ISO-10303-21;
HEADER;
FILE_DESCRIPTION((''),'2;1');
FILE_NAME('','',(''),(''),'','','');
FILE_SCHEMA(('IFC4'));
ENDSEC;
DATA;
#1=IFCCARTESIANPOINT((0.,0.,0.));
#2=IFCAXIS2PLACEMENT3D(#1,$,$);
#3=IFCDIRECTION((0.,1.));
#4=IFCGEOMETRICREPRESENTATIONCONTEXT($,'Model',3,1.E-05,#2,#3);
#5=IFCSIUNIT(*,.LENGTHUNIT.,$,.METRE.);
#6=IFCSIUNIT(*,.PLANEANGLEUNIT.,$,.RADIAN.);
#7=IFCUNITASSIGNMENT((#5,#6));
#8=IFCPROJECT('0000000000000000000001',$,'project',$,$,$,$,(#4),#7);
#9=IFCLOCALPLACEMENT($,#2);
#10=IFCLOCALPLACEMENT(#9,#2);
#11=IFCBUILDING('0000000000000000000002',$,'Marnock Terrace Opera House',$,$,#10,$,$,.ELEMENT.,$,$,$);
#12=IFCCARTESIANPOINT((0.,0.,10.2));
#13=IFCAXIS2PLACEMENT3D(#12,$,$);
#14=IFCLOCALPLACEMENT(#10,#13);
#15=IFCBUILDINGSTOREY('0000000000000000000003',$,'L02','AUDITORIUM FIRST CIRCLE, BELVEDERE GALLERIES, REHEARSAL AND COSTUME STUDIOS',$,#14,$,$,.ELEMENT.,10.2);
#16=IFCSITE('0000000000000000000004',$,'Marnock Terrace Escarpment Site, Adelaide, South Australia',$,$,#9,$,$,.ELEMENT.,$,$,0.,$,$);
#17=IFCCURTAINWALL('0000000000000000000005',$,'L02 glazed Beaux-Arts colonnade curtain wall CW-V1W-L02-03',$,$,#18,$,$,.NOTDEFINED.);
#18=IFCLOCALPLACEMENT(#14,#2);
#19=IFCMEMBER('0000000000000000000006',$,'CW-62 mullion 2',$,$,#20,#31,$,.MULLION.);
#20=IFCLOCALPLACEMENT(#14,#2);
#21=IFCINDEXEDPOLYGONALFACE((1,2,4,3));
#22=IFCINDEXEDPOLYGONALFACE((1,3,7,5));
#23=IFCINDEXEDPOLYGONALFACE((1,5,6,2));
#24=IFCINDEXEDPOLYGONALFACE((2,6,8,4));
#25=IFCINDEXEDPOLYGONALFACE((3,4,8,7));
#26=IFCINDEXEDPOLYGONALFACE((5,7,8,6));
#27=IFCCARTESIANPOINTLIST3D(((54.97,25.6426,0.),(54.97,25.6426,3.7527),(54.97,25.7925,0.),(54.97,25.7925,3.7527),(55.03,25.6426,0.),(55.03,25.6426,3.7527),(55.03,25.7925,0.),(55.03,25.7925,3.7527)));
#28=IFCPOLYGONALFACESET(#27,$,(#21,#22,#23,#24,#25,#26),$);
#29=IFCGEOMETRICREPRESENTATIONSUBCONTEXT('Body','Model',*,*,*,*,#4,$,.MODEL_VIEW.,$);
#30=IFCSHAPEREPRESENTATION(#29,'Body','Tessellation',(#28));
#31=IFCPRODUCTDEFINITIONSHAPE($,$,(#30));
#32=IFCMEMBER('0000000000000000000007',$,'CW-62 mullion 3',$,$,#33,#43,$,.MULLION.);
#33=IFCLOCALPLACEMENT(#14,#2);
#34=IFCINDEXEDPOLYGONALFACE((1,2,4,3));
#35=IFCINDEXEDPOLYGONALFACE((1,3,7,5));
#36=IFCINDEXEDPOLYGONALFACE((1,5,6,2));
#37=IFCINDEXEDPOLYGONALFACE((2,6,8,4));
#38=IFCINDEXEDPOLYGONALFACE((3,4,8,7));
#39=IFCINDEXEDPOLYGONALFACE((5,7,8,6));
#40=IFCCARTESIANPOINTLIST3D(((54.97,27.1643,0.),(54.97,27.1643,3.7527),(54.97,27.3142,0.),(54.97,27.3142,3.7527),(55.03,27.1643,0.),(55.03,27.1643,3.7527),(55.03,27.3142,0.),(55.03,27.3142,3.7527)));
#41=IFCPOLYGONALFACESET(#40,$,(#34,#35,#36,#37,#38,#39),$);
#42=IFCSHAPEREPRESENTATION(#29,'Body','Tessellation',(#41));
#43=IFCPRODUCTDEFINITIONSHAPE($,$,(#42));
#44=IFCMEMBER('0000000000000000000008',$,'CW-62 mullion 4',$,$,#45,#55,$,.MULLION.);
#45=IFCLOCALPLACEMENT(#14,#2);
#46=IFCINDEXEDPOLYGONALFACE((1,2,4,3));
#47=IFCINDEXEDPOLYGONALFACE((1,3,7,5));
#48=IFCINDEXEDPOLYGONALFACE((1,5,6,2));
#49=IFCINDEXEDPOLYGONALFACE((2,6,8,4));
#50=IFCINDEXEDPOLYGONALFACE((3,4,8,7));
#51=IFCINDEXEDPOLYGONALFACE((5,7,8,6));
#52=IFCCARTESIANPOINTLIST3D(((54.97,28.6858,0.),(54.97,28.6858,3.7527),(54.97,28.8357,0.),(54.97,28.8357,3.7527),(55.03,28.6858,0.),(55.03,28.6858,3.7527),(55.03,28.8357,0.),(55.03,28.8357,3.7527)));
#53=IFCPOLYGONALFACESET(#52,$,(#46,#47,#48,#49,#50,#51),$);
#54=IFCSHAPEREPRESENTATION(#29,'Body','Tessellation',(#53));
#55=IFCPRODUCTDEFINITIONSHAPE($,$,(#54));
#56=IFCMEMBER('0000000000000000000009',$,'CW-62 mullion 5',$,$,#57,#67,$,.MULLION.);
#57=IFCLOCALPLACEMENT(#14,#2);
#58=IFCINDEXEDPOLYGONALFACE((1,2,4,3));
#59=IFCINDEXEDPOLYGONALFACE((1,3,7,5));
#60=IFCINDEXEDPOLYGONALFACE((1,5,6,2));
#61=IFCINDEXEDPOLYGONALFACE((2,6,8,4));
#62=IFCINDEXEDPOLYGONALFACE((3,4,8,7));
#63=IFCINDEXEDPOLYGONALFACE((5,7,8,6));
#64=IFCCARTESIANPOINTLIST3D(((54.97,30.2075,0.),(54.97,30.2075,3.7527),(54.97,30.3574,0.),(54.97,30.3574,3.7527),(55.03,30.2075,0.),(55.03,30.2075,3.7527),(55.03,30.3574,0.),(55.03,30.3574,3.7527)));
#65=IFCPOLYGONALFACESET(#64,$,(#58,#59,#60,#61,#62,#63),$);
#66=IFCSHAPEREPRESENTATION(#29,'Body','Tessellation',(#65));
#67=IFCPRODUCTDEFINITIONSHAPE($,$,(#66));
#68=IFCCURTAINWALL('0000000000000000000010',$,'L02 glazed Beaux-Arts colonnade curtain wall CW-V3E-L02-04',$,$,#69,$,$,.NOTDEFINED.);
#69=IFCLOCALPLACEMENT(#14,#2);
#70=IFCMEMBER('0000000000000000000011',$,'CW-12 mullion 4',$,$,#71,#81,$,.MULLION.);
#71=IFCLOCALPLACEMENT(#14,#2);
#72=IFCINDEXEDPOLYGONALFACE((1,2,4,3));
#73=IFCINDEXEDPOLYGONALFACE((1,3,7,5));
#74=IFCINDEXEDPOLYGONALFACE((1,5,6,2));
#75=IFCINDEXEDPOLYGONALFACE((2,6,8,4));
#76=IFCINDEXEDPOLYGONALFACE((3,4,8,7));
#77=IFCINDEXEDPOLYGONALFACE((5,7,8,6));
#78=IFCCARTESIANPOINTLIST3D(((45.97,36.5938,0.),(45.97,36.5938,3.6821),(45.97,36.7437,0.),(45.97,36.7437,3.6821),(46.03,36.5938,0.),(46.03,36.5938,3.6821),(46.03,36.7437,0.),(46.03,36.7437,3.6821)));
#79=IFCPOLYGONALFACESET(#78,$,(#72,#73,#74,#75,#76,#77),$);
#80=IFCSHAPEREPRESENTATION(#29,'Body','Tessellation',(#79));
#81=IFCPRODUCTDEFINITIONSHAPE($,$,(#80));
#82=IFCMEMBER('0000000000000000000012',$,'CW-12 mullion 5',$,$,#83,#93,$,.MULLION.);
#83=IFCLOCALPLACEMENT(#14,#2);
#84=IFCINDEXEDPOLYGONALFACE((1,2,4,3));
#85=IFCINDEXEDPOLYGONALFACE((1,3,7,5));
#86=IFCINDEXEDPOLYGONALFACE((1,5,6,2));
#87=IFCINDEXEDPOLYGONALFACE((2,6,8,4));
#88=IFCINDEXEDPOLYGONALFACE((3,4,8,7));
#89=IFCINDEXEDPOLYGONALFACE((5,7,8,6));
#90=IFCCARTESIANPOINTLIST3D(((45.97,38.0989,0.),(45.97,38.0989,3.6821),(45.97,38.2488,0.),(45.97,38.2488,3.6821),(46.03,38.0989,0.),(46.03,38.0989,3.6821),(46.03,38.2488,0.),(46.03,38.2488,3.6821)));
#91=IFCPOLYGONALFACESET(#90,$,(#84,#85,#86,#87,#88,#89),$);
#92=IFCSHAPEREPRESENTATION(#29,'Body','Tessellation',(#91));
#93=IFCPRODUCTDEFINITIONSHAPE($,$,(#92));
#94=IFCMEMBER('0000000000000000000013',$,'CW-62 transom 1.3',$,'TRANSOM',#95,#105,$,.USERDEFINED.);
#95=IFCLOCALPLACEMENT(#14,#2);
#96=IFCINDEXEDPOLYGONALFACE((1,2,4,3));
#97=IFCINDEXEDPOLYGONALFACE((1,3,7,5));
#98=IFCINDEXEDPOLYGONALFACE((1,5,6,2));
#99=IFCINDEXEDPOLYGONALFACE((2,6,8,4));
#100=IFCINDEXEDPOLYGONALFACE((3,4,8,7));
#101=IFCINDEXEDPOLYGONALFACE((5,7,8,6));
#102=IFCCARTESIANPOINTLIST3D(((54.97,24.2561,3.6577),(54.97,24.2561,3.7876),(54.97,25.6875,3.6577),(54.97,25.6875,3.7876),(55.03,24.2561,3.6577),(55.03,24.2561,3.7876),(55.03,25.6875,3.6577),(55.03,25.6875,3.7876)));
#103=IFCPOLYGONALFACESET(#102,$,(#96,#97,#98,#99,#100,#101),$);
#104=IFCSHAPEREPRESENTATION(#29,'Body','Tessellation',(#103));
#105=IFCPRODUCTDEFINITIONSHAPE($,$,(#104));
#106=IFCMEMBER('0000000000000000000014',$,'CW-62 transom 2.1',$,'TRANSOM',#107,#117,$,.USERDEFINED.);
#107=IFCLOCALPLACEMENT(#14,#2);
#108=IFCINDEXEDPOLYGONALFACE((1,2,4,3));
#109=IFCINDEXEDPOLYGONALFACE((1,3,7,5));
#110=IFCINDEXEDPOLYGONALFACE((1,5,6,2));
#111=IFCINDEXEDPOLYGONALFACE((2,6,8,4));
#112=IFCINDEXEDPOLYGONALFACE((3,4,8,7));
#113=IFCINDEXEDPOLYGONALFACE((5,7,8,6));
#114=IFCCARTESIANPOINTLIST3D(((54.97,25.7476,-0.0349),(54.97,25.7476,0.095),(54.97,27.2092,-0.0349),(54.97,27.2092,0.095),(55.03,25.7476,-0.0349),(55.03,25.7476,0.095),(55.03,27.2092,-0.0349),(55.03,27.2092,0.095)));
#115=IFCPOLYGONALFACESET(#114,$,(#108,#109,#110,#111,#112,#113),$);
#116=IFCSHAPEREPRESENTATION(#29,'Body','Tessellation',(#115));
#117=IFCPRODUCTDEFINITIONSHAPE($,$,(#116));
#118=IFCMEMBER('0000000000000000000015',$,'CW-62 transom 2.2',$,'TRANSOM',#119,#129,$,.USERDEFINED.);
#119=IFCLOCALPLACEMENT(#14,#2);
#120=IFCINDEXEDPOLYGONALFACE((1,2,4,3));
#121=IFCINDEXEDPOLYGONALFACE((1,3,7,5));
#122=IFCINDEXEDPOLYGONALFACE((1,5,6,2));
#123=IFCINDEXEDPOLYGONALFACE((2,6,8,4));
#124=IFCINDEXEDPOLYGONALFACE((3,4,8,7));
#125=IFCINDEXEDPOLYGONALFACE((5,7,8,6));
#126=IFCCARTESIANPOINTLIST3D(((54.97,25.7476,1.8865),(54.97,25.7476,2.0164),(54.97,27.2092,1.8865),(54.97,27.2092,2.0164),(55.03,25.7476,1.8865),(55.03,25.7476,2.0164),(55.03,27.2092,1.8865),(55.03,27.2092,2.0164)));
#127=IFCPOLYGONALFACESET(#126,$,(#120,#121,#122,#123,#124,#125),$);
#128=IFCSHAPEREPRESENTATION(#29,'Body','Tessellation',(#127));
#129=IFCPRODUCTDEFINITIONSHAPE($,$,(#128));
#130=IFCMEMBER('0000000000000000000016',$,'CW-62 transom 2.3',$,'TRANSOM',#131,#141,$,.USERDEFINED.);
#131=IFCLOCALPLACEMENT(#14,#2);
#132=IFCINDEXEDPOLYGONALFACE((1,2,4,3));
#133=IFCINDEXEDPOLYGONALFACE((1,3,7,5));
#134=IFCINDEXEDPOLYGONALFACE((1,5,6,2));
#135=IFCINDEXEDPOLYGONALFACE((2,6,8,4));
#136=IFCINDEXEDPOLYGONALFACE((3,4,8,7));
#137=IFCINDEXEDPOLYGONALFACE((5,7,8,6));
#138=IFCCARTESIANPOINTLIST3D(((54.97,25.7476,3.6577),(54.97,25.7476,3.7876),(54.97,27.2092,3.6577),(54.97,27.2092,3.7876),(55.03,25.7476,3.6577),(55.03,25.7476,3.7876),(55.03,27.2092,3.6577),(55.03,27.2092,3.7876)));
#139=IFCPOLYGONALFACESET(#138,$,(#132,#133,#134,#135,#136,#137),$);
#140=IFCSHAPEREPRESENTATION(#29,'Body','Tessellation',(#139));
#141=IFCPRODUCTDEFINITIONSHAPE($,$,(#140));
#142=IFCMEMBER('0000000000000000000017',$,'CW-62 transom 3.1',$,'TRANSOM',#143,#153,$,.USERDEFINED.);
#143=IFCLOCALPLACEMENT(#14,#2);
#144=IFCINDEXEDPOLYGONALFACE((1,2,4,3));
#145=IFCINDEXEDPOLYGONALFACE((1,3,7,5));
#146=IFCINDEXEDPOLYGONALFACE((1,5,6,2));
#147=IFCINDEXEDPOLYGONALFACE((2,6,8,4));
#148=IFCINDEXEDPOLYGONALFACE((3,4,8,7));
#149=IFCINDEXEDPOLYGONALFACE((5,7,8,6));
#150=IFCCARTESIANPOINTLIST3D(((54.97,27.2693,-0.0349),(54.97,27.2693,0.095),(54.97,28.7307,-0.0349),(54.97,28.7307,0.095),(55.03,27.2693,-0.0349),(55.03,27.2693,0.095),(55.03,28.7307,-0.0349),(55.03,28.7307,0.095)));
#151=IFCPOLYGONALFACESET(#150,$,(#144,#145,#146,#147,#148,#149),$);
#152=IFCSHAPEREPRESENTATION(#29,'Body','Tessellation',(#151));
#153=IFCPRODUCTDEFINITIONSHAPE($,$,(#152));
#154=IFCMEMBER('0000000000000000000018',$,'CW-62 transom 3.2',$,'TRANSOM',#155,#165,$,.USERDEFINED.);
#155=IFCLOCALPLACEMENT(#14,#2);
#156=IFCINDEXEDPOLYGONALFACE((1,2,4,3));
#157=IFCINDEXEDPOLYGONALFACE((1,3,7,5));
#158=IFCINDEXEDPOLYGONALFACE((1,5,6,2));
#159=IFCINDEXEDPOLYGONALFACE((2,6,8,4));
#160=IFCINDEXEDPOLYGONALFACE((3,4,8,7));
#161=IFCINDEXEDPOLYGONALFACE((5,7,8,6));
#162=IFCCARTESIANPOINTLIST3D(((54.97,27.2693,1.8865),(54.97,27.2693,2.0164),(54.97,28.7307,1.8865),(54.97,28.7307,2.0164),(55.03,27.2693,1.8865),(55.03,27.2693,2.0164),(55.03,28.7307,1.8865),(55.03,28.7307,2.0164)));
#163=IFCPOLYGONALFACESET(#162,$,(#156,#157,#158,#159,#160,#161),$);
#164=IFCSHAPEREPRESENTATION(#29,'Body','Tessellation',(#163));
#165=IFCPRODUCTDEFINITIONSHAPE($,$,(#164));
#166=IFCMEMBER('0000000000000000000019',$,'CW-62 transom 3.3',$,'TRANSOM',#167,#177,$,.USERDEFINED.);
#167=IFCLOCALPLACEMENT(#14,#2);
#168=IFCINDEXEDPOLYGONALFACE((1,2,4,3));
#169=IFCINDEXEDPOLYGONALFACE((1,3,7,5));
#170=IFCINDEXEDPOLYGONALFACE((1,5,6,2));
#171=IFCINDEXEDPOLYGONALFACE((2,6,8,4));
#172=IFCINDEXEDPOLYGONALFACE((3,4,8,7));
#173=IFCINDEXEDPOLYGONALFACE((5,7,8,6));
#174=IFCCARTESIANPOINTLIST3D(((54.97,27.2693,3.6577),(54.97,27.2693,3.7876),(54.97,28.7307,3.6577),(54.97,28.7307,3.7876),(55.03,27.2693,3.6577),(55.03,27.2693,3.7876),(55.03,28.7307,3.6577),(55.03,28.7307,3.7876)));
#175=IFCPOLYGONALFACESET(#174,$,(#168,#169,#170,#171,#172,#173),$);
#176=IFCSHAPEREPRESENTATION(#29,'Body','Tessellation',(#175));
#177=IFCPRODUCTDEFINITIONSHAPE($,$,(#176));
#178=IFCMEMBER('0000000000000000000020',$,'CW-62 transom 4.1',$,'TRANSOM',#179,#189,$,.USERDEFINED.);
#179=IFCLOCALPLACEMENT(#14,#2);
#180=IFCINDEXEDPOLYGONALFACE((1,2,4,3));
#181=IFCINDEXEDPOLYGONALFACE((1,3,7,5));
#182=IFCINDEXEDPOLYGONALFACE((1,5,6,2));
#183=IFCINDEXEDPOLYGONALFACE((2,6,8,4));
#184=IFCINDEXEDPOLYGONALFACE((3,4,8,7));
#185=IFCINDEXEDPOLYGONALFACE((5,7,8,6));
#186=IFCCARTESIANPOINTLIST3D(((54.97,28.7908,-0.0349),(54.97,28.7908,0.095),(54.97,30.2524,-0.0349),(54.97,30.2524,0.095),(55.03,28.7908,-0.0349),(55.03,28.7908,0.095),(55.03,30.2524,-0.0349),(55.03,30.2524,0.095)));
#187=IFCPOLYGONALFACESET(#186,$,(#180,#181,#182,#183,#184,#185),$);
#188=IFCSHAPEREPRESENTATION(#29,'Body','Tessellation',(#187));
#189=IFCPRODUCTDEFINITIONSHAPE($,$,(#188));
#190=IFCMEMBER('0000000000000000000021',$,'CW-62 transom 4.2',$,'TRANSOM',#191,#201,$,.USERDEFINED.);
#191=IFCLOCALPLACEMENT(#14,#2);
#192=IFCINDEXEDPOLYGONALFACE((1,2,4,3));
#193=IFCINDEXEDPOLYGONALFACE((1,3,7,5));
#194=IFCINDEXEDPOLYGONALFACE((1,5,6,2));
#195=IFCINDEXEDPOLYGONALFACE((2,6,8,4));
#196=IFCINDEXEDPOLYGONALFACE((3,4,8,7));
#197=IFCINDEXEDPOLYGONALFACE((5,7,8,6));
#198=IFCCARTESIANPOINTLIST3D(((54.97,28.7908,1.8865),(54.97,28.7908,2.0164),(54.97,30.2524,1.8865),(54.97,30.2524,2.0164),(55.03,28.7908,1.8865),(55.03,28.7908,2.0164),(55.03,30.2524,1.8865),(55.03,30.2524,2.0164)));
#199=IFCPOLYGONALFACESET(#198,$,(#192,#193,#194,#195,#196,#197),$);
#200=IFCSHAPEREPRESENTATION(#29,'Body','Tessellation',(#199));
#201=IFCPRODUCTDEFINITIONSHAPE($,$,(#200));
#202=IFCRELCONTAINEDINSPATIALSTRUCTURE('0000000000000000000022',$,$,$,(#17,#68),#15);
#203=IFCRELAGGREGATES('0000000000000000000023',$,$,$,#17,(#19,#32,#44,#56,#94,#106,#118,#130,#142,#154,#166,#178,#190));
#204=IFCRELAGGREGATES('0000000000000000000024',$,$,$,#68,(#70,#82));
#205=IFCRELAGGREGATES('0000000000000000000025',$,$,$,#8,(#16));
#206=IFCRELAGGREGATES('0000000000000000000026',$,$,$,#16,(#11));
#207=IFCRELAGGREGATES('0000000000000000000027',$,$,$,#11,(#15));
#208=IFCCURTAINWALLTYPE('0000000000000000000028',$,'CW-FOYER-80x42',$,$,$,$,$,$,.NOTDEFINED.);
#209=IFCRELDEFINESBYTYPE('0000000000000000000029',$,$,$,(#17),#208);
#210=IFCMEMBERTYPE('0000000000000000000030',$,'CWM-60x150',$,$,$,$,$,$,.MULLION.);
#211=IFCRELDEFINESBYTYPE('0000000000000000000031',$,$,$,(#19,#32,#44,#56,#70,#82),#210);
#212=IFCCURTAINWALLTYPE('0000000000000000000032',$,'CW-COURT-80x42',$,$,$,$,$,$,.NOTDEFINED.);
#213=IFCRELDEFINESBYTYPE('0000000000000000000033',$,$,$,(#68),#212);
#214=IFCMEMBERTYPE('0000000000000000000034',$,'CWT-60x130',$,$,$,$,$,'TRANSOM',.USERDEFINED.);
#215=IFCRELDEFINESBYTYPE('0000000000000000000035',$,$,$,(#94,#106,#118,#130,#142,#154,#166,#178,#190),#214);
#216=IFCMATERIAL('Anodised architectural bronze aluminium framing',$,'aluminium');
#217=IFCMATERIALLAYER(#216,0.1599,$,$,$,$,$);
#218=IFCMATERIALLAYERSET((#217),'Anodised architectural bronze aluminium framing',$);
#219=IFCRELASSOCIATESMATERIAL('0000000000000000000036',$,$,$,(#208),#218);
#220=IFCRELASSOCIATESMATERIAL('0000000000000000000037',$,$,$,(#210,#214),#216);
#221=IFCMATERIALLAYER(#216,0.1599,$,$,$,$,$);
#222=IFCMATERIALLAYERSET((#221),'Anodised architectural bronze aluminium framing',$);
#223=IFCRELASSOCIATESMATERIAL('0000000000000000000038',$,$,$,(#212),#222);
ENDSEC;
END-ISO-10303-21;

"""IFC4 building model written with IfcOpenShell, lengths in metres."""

from ifc_helpers import new_model, si_unit, direction, frame, origin, origin_2d, place, context, subcontext, project, spatial, rectangle, extrude, material, layer, layer_set, material_profile, profile_set, type_object, element, aggregate, save


model = new_model("IFC4")

# Units and contexts
model_context = context("Model", 3, precision=1e-05, world=origin(), true_north=direction((0.0, 1.0)))
body_context = subcontext(model_context, "Body", "Model", "MODEL_VIEW")
ifc_project = project(units=[si_unit("LENGTHUNIT", "METRE"), si_unit("PLANEANGLEUNIT", "RADIAN")], contexts=[model_context])

# Site, building, storey
site_placement = place(None, origin())
site = spatial("IfcSite", under=ifc_project, at=site_placement, Name="Marnock Terrace Escarpment Site, Adelaide, South Australia", CompositionType="ELEMENT", RefElevation=0.0)
building_placement = place(site_placement, origin())
building = spatial("IfcBuilding", under=site, at=building_placement, Name="Marnock Terrace Opera House", CompositionType="ELEMENT")
storey_placement = place(building_placement, frame((0.0, 0.0, 10.2)))
storey = spatial("IfcBuildingStorey", under=building, at=storey_placement, Name="L02", Description="AUDITORIUM FIRST CIRCLE, BELVEDERE GALLERIES, REHEARSAL AND COSTUME STUDIOS", CompositionType="ELEMENT", Elevation=10.2)

# Curtain walls, members
ifc_material_1 = material(Name="Anodised architectural bronze aluminium framing", Category="aluminium")
ifc_layer_1 = layer(ifc_material_1, 0.1599)
ifc_layer_set_1 = layer_set([ifc_layer_1], Name="Anodised architectural bronze aluminium framing")
curtain_wall_type_1 = type_object("IfcCurtainWallType", Name="CW-FOYER-80x42", PredefinedType="NOTDEFINED", material=ifc_layer_set_1)
curtain_wall_1_placement = place(storey_placement, origin())
curtain_wall_1 = element("IfcCurtainWall", 1, at=curtain_wall_1_placement, inside=storey, type_object=curtain_wall_type_1, Name="L02 glazed Beaux-Arts colonnade curtain wall CW-V1W-L02-03", PredefinedType="NOTDEFINED")
ifc_material_profile_1 = material_profile(ifc_material_1, rectangle(XDim=0.0601, YDim=0.1499, at=origin_2d()))
ifc_profile_set_1 = profile_set([ifc_material_profile_1], Name="Anodised architectural bronze aluminium framing")
member_type_1 = type_object("IfcMemberType", Name="CWM-60x150", PredefinedType="MULLION", material=ifc_profile_set_1)
member_1_placement = place(storey_placement, frame((55.0, 25.7175, 0.0), z_axis=(0.0, 0.0, 1.0), x_axis=(-1.0, 0.0, 0.0)))
member_1 = element("IfcMember", 2, at=member_1_placement, type_object=member_type_1, Name="CW-62 mullion 2", PredefinedType="MULLION", context=body_context, shape_type="SweptSolid", body=[
    extrude(rectangle(XDim=0.0601, YDim=0.1499, at=origin_2d()), origin(), (0.0, 0.0, 1.0), 3.7527),
])
member_2_placement = place(storey_placement, frame((55.0, 27.2393, 0.0), z_axis=(0.0, 0.0, 1.0), x_axis=(-1.0, 0.0, 0.0)))
member_2 = element("IfcMember", 3, at=member_2_placement, type_object=member_type_1, Name="CW-62 mullion 3", PredefinedType="MULLION", context=body_context, shape_type="SweptSolid", body=[
    extrude(rectangle(XDim=0.0601, YDim=0.1499, at=origin_2d()), origin(), (0.0, 0.0, 1.0), 3.7527),
])
member_3_placement = place(storey_placement, frame((55.0, 28.7607, 0.0), z_axis=(0.0, 0.0, 1.0), x_axis=(-1.0, 0.0, 0.0)))
member_3 = element("IfcMember", 4, at=member_3_placement, type_object=member_type_1, Name="CW-62 mullion 4", PredefinedType="MULLION", context=body_context, shape_type="SweptSolid", body=[
    extrude(rectangle(XDim=0.0601, YDim=0.1499, at=origin_2d()), origin(), (0.0, 0.0, 1.0), 3.7527),
])
member_4_placement = place(storey_placement, frame((55.0, 30.2825, 0.0), z_axis=(0.0, 0.0, 1.0), x_axis=(-1.0, 0.0, 0.0)))
member_4 = element("IfcMember", 5, at=member_4_placement, type_object=member_type_1, Name="CW-62 mullion 5", PredefinedType="MULLION", context=body_context, shape_type="SweptSolid", body=[
    extrude(rectangle(XDim=0.0601, YDim=0.1499, at=origin_2d()), origin(), (0.0, 0.0, 1.0), 3.7527),
])
ifc_layer_2 = layer(ifc_material_1, 0.1599)
ifc_layer_set_2 = layer_set([ifc_layer_2], Name="Anodised architectural bronze aluminium framing")
curtain_wall_type_2 = type_object("IfcCurtainWallType", Name="CW-COURT-80x42", PredefinedType="NOTDEFINED", material=ifc_layer_set_2)
curtain_wall_2_placement = place(storey_placement, origin())
curtain_wall_2 = element("IfcCurtainWall", 6, at=curtain_wall_2_placement, inside=storey, type_object=curtain_wall_type_2, Name="L02 glazed Beaux-Arts colonnade curtain wall CW-V3E-L02-04", PredefinedType="NOTDEFINED")
member_5_placement = place(storey_placement, frame((46.0, 36.6687, 0.0), z_axis=(0.0, 0.0, 1.0), x_axis=(-1.0, 0.0, 0.0)))
member_5 = element("IfcMember", 7, at=member_5_placement, type_object=member_type_1, Name="CW-12 mullion 4", PredefinedType="MULLION", context=body_context, shape_type="SweptSolid", body=[
    extrude(rectangle(XDim=0.0601, YDim=0.1499, at=origin_2d()), origin(), (0.0, 0.0, 1.0), 3.6821),
])
member_6_placement = place(storey_placement, frame((46.0, 38.1738, 0.0), z_axis=(0.0, 0.0, 1.0), x_axis=(-1.0, 0.0, 0.0)))
member_6 = element("IfcMember", 8, at=member_6_placement, type_object=member_type_1, Name="CW-12 mullion 5", PredefinedType="MULLION", context=body_context, shape_type="SweptSolid", body=[
    extrude(rectangle(XDim=0.0601, YDim=0.1499, at=origin_2d()), origin(), (0.0, 0.0, 1.0), 3.6821),
])

# Members
ifc_material_profile_2 = material_profile(ifc_material_1, rectangle(XDim=0.0601, YDim=0.1299, at=origin_2d()))
ifc_profile_set_2 = profile_set([ifc_material_profile_2], Name="Anodised architectural bronze aluminium framing")
member_type_2 = type_object("IfcMemberType", Name="CWT-60x130", ElementType="TRANSOM", PredefinedType="USERDEFINED", material=ifc_profile_set_2)
member_7_placement = place(storey_placement, frame((55.0, 24.2561, 3.7227), z_axis=(0.0, 1.0, 0.0), x_axis=(-1.0, 0.0, 0.0)))
member_7 = element("IfcMember", 9, at=member_7_placement, type_object=member_type_2, Name="CW-62 transom 1.3", ObjectType="TRANSOM", PredefinedType="USERDEFINED", context=body_context, shape_type="SweptSolid", body=[
    extrude(rectangle(XDim=0.0601, YDim=0.1299, at=origin_2d()), origin(), (0.0, 0.0, 1.0), 1.4314),
])
member_8_placement = place(storey_placement, frame((55.0, 25.7476, 0.03), z_axis=(0.0, 1.0, 0.0), x_axis=(-1.0, 0.0, 0.0)))
member_8 = element("IfcMember", 10, at=member_8_placement, type_object=member_type_2, Name="CW-62 transom 2.1", ObjectType="TRANSOM", PredefinedType="USERDEFINED", context=body_context, shape_type="SweptSolid", body=[
    extrude(rectangle(XDim=0.0601, YDim=0.1299, at=origin_2d()), origin(), (0.0, 0.0, 1.0), 1.4617),
])
member_9_placement = place(storey_placement, frame((55.0, 25.7476, 1.9514), z_axis=(0.0, 1.0, 0.0), x_axis=(-1.0, 0.0, 0.0)))
member_9 = element("IfcMember", 11, at=member_9_placement, type_object=member_type_2, Name="CW-62 transom 2.2", ObjectType="TRANSOM", PredefinedType="USERDEFINED", context=body_context, shape_type="SweptSolid", body=[
    extrude(rectangle(XDim=0.0601, YDim=0.1299, at=origin_2d()), origin(), (0.0, 0.0, 1.0), 1.4617),
])
member_10_placement = place(storey_placement, frame((55.0, 25.7476, 3.7227), z_axis=(0.0, 1.0, 0.0), x_axis=(-1.0, 0.0, 0.0)))
member_10 = element("IfcMember", 12, at=member_10_placement, type_object=member_type_2, Name="CW-62 transom 2.3", ObjectType="TRANSOM", PredefinedType="USERDEFINED", context=body_context, shape_type="SweptSolid", body=[
    extrude(rectangle(XDim=0.0601, YDim=0.1299, at=origin_2d()), origin(), (0.0, 0.0, 1.0), 1.4617),
])
member_11_placement = place(storey_placement, frame((55.0, 27.2693, 0.03), z_axis=(0.0, 1.0, 0.0), x_axis=(-1.0, 0.0, 0.0)))
member_11 = element("IfcMember", 13, at=member_11_placement, type_object=member_type_2, Name="CW-62 transom 3.1", ObjectType="TRANSOM", PredefinedType="USERDEFINED", context=body_context, shape_type="SweptSolid", body=[
    extrude(rectangle(XDim=0.0601, YDim=0.1299, at=origin_2d()), origin(), (0.0, 0.0, 1.0), 1.4614),
])
member_12_placement = place(storey_placement, frame((55.0, 27.2693, 1.9514), z_axis=(0.0, 1.0, 0.0), x_axis=(-1.0, 0.0, 0.0)))
member_12 = element("IfcMember", 14, at=member_12_placement, type_object=member_type_2, Name="CW-62 transom 3.2", ObjectType="TRANSOM", PredefinedType="USERDEFINED", context=body_context, shape_type="SweptSolid", body=[
    extrude(rectangle(XDim=0.0601, YDim=0.1299, at=origin_2d()), origin(), (0.0, 0.0, 1.0), 1.4614),
])
member_13_placement = place(storey_placement, frame((55.0, 27.2693, 3.7227), z_axis=(0.0, 1.0, 0.0), x_axis=(-1.0, 0.0, 0.0)))
member_13 = element("IfcMember", 15, at=member_13_placement, type_object=member_type_2, Name="CW-62 transom 3.3", ObjectType="TRANSOM", PredefinedType="USERDEFINED", context=body_context, shape_type="SweptSolid", body=[
    extrude(rectangle(XDim=0.0601, YDim=0.1299, at=origin_2d()), origin(), (0.0, 0.0, 1.0), 1.4614),
])
member_14_placement = place(storey_placement, frame((55.0, 28.7908, 0.03), z_axis=(0.0, 1.0, 0.0), x_axis=(-1.0, 0.0, 0.0)))
member_14 = element("IfcMember", 16, at=member_14_placement, type_object=member_type_2, Name="CW-62 transom 4.1", ObjectType="TRANSOM", PredefinedType="USERDEFINED", context=body_context, shape_type="SweptSolid", body=[
    extrude(rectangle(XDim=0.0601, YDim=0.1299, at=origin_2d()), origin(), (0.0, 0.0, 1.0), 1.4617),
])
member_15_placement = place(storey_placement, frame((55.0, 28.7908, 1.9514), z_axis=(0.0, 1.0, 0.0), x_axis=(-1.0, 0.0, 0.0)))
member_15 = element("IfcMember", 17, at=member_15_placement, type_object=member_type_2, Name="CW-62 transom 4.2", ObjectType="TRANSOM", PredefinedType="USERDEFINED", context=body_context, shape_type="SweptSolid", body=[
    extrude(rectangle(XDim=0.0601, YDim=0.1299, at=origin_2d()), origin(), (0.0, 0.0, 1.0), 1.4617),
])

aggregate(curtain_wall_1, [member_1, member_2, member_3, member_4, member_7, member_8, member_9, member_10, member_11, member_12, member_13, member_14, member_15])
aggregate(curtain_wall_2, [member_5, member_6])

save(model, "model.ifc")
